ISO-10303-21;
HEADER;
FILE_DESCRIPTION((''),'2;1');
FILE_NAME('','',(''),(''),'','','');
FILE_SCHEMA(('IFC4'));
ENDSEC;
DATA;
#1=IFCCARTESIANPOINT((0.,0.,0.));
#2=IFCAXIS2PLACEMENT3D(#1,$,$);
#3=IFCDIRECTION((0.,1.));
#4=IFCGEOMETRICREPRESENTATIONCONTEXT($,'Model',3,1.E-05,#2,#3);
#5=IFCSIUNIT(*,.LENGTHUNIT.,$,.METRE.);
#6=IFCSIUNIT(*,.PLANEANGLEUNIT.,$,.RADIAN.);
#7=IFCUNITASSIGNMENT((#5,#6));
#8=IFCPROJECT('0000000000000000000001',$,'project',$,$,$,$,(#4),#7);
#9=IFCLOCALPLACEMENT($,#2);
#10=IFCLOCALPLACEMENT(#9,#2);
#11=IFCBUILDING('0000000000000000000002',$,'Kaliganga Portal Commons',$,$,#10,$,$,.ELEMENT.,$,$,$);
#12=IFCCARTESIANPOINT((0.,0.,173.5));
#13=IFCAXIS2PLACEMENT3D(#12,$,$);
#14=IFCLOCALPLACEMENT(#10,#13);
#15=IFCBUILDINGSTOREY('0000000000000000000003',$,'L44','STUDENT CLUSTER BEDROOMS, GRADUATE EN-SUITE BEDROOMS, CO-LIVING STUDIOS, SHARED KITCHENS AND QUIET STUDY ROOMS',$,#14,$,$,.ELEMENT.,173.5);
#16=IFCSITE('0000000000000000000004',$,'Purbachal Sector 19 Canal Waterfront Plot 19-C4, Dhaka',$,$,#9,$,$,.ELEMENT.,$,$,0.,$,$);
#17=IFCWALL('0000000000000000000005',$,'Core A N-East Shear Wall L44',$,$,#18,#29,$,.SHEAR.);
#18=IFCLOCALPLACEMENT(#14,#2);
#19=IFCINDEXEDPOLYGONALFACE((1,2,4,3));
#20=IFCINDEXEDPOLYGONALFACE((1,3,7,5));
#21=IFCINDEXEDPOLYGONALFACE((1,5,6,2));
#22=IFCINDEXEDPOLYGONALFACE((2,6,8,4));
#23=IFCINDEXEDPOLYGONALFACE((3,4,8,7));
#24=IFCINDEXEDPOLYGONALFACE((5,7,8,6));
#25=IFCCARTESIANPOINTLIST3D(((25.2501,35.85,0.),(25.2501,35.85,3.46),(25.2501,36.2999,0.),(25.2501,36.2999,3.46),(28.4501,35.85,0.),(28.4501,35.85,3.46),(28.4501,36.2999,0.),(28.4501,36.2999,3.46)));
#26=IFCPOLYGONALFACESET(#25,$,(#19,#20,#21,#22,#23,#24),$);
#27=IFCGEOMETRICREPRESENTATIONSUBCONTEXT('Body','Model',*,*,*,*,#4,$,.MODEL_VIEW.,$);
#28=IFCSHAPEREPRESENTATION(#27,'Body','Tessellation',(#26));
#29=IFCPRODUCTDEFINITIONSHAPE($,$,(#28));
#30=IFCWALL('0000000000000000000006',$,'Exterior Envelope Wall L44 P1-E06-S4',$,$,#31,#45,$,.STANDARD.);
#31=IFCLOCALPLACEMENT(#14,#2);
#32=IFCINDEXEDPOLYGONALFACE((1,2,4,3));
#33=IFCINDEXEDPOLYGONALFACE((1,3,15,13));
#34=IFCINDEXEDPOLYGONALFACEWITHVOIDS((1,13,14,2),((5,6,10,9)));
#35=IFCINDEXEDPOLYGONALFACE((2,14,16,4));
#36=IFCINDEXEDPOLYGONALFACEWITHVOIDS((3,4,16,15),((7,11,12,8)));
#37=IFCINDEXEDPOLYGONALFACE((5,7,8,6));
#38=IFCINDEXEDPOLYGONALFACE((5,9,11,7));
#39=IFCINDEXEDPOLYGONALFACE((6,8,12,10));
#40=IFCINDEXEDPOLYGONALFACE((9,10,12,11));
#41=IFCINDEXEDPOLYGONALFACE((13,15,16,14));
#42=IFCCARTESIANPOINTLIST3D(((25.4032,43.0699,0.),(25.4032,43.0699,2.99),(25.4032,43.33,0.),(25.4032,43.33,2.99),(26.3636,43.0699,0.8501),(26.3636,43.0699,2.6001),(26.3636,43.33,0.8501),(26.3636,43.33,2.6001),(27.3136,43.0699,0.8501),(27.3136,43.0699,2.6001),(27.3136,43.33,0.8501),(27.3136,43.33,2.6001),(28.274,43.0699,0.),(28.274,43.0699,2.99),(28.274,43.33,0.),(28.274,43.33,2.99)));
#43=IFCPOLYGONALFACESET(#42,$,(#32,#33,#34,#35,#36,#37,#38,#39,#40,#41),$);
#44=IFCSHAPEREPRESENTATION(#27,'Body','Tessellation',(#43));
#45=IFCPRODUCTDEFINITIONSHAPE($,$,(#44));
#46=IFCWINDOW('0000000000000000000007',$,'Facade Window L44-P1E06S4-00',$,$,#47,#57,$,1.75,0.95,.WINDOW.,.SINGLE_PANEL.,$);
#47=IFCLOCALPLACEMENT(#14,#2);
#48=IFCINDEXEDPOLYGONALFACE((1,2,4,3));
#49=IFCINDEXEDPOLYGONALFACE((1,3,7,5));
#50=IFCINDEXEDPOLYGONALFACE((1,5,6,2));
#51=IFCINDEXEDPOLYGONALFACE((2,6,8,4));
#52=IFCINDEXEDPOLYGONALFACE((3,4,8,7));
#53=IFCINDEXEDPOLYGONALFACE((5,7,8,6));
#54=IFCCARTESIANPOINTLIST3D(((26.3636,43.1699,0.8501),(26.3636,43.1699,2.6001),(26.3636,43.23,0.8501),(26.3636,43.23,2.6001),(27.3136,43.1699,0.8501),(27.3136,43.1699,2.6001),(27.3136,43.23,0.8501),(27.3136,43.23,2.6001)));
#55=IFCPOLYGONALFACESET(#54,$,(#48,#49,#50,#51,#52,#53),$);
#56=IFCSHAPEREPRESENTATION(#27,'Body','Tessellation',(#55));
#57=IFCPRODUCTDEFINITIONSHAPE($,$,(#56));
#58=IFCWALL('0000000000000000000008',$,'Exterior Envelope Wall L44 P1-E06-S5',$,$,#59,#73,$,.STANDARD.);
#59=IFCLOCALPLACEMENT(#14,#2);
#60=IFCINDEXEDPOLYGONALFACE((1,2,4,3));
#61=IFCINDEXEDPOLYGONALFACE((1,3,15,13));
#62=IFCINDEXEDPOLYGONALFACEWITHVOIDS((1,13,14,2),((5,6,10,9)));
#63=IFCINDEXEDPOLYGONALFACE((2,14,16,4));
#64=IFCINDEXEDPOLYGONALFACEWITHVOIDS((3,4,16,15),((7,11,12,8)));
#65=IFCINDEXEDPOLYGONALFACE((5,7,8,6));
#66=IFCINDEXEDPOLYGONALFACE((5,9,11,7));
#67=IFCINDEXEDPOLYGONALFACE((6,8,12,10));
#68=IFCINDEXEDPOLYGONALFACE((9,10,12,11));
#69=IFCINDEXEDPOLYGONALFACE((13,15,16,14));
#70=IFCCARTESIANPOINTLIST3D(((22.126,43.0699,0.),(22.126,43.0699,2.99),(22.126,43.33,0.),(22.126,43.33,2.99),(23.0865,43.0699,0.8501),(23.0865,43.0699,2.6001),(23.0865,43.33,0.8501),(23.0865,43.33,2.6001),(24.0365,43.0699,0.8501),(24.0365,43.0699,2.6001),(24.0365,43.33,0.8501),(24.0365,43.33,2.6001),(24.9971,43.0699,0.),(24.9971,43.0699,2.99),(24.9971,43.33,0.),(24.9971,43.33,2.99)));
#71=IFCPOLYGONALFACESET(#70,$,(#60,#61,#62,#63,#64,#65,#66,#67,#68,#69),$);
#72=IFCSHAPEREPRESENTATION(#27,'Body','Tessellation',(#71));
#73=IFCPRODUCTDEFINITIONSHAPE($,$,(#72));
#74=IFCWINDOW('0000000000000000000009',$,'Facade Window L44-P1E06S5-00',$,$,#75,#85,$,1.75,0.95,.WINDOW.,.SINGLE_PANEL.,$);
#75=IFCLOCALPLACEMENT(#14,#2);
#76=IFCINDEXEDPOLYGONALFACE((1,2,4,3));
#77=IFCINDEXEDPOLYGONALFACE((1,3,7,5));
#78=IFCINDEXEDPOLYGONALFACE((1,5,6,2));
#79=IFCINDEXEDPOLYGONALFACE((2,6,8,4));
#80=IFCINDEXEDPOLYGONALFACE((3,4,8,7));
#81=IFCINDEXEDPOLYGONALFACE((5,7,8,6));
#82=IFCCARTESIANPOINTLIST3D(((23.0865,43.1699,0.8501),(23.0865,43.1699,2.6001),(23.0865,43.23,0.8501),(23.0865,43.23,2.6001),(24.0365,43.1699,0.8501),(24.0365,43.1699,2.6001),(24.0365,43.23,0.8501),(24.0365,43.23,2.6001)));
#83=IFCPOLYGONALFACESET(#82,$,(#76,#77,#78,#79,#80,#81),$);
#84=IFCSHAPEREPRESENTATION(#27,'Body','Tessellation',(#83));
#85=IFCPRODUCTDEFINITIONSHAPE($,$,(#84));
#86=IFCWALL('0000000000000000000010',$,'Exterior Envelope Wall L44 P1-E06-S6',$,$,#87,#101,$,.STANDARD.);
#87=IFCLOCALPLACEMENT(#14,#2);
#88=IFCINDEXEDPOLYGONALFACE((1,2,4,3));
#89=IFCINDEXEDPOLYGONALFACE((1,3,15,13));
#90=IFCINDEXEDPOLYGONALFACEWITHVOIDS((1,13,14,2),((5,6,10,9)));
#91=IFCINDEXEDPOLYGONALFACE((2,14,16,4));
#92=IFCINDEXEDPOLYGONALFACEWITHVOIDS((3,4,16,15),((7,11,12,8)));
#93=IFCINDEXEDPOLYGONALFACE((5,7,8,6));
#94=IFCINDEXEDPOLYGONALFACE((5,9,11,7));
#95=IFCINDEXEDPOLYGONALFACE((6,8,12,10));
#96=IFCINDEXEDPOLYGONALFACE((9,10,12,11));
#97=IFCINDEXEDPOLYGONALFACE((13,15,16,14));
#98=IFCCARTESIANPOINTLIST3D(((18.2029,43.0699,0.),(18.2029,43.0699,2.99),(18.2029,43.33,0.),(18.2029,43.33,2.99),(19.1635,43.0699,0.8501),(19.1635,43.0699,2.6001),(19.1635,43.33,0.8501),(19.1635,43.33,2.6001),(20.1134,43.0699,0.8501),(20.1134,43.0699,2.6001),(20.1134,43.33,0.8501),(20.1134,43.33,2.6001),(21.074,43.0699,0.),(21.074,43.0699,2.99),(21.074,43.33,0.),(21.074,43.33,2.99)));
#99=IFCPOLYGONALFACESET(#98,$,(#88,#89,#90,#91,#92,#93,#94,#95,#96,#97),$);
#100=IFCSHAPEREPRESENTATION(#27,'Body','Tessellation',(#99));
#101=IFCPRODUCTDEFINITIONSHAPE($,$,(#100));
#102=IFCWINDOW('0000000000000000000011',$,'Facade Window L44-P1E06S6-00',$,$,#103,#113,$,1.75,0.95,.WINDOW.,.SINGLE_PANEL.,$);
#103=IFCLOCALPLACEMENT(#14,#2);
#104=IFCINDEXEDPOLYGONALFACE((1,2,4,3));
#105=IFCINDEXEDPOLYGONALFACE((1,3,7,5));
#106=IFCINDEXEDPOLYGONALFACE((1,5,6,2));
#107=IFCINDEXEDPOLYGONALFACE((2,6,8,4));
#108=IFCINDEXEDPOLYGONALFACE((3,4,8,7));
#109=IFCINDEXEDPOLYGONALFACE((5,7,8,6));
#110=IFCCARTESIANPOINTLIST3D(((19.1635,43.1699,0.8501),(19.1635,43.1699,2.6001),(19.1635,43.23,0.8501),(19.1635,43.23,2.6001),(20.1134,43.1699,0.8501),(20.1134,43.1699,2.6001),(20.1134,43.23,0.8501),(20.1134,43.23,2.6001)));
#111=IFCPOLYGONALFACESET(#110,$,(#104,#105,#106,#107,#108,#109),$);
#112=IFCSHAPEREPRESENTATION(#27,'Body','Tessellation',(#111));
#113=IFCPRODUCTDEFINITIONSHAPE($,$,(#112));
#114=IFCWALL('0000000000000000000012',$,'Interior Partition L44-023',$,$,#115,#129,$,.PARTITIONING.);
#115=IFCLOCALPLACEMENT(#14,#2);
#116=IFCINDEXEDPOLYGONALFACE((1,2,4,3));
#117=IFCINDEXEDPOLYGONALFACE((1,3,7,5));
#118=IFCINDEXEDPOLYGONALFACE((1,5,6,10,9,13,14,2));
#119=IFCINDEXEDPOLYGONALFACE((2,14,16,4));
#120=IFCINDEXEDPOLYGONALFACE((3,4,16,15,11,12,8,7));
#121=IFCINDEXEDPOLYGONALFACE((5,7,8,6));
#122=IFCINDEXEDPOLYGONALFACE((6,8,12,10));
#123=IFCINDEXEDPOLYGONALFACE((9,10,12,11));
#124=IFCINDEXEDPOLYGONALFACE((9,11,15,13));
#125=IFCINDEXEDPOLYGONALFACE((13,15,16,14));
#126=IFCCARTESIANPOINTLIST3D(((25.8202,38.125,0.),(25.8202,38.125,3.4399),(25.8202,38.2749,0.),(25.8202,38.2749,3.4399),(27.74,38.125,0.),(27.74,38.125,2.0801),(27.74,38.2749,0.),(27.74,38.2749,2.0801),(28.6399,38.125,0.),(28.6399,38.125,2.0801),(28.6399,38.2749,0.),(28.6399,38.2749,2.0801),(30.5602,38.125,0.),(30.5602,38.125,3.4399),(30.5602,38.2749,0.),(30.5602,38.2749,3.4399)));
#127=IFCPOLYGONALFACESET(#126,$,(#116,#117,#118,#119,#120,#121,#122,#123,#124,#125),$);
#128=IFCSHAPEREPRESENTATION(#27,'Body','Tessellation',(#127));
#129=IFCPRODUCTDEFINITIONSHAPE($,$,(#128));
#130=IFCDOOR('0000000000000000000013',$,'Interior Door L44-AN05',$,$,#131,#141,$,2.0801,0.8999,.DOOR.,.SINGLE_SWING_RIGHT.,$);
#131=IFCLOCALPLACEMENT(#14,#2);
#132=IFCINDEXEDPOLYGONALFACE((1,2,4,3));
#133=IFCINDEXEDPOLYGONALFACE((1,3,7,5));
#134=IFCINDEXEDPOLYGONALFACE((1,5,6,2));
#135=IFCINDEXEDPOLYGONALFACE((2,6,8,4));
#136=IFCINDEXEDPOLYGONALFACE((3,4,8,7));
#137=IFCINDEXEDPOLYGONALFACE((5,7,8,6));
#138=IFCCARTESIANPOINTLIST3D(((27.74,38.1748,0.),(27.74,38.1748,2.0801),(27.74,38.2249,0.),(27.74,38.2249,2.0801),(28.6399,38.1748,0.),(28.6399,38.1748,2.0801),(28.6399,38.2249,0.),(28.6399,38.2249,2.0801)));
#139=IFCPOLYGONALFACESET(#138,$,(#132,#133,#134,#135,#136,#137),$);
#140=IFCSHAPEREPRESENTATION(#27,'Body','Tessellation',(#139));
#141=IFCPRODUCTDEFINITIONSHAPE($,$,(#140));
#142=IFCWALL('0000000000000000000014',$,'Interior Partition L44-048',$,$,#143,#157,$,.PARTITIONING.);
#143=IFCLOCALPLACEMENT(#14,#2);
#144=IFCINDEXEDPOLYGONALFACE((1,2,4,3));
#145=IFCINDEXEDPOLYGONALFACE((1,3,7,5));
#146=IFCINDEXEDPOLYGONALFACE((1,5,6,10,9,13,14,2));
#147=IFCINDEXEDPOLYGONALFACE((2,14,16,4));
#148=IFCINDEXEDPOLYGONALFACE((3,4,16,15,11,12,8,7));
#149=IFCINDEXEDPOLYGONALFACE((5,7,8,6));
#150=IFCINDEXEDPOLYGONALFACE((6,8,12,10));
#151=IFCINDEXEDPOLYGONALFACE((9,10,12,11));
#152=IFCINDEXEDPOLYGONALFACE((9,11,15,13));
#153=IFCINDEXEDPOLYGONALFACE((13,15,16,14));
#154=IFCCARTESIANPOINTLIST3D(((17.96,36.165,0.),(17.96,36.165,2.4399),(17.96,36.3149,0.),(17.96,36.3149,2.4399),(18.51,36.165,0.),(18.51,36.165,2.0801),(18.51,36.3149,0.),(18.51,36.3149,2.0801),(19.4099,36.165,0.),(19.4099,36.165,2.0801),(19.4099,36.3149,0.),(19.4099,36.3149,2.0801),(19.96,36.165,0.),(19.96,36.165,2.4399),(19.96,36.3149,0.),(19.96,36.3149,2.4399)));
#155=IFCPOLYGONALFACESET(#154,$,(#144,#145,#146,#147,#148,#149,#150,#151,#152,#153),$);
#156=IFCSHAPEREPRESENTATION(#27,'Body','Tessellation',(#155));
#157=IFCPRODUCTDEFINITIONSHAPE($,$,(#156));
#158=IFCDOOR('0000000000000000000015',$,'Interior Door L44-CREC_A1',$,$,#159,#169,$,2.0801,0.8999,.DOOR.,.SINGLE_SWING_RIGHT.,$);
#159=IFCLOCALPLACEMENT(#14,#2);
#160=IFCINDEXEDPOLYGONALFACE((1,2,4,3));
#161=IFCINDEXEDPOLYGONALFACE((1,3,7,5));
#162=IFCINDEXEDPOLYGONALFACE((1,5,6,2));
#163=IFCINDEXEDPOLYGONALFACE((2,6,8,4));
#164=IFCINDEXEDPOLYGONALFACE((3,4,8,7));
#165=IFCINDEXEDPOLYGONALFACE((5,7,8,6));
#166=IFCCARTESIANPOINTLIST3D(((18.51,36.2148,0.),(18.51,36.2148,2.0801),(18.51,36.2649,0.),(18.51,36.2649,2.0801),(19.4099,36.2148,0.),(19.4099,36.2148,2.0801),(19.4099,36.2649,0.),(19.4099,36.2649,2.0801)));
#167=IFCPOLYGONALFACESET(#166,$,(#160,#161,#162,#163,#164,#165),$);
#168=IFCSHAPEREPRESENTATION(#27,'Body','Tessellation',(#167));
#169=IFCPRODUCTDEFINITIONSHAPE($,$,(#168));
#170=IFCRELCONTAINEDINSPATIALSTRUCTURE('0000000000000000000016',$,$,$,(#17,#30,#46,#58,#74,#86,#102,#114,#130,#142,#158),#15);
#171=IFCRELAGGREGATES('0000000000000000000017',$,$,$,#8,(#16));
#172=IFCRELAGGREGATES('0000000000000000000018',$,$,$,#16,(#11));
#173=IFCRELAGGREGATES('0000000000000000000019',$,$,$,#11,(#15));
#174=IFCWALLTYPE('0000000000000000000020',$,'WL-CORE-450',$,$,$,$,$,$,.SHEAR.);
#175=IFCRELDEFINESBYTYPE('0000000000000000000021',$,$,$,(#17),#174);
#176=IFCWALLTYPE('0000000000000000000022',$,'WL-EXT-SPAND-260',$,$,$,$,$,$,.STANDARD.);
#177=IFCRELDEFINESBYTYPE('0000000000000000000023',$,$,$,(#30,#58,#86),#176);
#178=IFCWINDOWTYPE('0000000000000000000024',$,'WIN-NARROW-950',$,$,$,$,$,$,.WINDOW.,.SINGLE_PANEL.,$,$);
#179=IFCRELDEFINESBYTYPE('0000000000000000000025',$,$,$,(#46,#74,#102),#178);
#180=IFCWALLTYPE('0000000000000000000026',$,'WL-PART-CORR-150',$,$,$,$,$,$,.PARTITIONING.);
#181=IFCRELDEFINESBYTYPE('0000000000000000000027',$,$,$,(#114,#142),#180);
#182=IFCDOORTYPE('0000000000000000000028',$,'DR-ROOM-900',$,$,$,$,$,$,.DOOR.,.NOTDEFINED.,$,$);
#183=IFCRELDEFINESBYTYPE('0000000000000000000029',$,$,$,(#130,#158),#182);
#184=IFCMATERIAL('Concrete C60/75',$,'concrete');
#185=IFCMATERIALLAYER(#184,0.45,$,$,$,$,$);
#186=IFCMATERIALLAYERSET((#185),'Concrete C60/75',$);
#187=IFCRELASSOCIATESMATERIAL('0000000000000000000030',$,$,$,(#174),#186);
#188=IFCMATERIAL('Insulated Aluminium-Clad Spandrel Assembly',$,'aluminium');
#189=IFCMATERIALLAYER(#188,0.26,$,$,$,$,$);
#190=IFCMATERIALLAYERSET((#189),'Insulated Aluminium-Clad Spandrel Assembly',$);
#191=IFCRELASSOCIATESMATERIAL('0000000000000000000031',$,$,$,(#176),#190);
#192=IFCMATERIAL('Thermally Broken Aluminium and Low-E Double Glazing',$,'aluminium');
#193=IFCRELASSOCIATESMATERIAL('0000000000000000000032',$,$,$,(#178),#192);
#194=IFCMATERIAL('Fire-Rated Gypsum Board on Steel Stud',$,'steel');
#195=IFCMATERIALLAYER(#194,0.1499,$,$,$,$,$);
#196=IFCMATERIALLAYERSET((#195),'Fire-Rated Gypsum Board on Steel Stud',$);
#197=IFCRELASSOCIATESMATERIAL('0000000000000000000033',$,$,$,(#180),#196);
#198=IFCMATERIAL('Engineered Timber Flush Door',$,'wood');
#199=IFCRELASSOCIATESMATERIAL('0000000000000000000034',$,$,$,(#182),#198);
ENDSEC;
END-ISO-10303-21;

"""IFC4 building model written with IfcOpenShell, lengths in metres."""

from ifc_helpers import new_model, si_unit, direction, frame, frame_2d, origin, place, context, subcontext, project, spatial, rectangle, extrude, material, layer, layer_set, type_object, element, fill, save


model = new_model("IFC4")

# Units and contexts
model_context = context("Model", 3, precision=1e-05, world=origin(), true_north=direction((0.0, 1.0)))
body_context = subcontext(model_context, "Body", "Model", "MODEL_VIEW")
ifc_project = project(units=[si_unit("LENGTHUNIT", "METRE"), si_unit("PLANEANGLEUNIT", "RADIAN")], contexts=[model_context])

# Site, building, storey
site_placement = place(None, origin())
site = spatial("IfcSite", under=ifc_project, at=site_placement, Name="Purbachal Sector 19 Canal Waterfront Plot 19-C4, Dhaka", CompositionType="ELEMENT", RefElevation=0.0)
building_placement = place(site_placement, origin())
building = spatial("IfcBuilding", under=site, at=building_placement, Name="Kaliganga Portal Commons", CompositionType="ELEMENT")
storey_placement = place(building_placement, frame((0.0, 0.0, 173.5)))
storey = spatial("IfcBuildingStorey", under=building, at=storey_placement, Name="L44", Description="STUDENT CLUSTER BEDROOMS, GRADUATE EN-SUITE BEDROOMS, CO-LIVING STUDIOS, SHARED KITCHENS AND QUIET STUDY ROOMS", CompositionType="ELEMENT", Elevation=173.5)

# Shared definitions
ifc_material_1 = material(Name="Concrete C60/75", Category="concrete")

# Wall
ifc_layer_1 = layer(ifc_material_1, 0.45)
ifc_layer_set_1 = layer_set([ifc_layer_1], Name="Concrete C60/75")
wall_type_1 = type_object("IfcWallType", Name="WL-CORE-450", PredefinedType="SHEAR", material=ifc_layer_set_1)
wall_1_placement = place(storey_placement, frame((25.25, 36.075, 0.0), z_axis=(0.0, 0.0, 1.0), x_axis=(1.0, 0.0, 0.0)))
element("IfcWall", 1, at=wall_1_placement, inside=storey, type_object=wall_type_1, Name="Core A N-East Shear Wall L44", PredefinedType="SHEAR", context=body_context, shape_type="SweptSolid", body=[
    extrude(rectangle(XDim=3.2, YDim=0.45, at=frame_2d((1.6001, 0.0))), origin(), (0.0, 0.0, 1.0), 3.46),
])

# Walls, openings, windows
ifc_material_2 = material(Name="Insulated Aluminium-Clad Spandrel Assembly", Category="aluminium")
ifc_layer_2 = layer(ifc_material_2, 0.26)
ifc_layer_set_2 = layer_set([ifc_layer_2], Name="Insulated Aluminium-Clad Spandrel Assembly")
wall_type_2 = type_object("IfcWallType", Name="WL-EXT-SPAND-260", PredefinedType="STANDARD", material=ifc_layer_set_2)
wall_2_placement = place(storey_placement, frame((25.4031, 43.2, 0.0), z_axis=(0.0, 0.0, 1.0), x_axis=(1.0, 0.0, 0.0)))
wall_2 = element("IfcWall", 2, at=wall_2_placement, inside=storey, type_object=wall_type_2, Name="Exterior Envelope Wall L44 P1-E06-S4", PredefinedType="STANDARD", context=body_context, shape_type="SweptSolid", body=[
    extrude(rectangle(XDim=2.8708, YDim=0.26, at=frame_2d((1.4355, 0.0))), origin(), (0.0, 0.0, 1.0), 2.99),
])
opening_1_placement = place(wall_2_placement, frame((0.9604, 0.0, 0.8501)))
opening_1 = element("IfcOpeningElement", 3, at=opening_1_placement, cuts=wall_2, PredefinedType="OPENING", context=body_context, shape_type="SweptSolid", body=[
    extrude(rectangle(XDim=0.95, YDim=1.75, at=frame_2d((0.4751, 0.875))), frame((0.0, 0.1401, 0.0), z_axis=(0.0, -1.0, 0.0), x_axis=(1.0, 0.0, 0.0)), (0.0, 0.0, 1.0), 0.28),
])
ifc_material_3 = material(Name="Thermally Broken Aluminium and Low-E Double Glazing", Category="aluminium")
window_type = type_object("IfcWindowType", Name="WIN-NARROW-950", PartitioningType="SINGLE_PANEL", PredefinedType="WINDOW", material=ifc_material_3)
window_1_placement = place(opening_1_placement, origin())
window_1 = element("IfcWindow", 4, at=window_1_placement, inside=storey, type_object=window_type, Name="Facade Window L44-P1E06S4-00", OverallHeight=1.75, OverallWidth=0.95, PartitioningType="SINGLE_PANEL", PredefinedType="WINDOW", context=body_context, shape_type="SweptSolid", body=[
    extrude(rectangle(XDim=0.95, YDim=1.75, at=frame_2d((0.4751, 0.875))), frame((0.0, 0.03, 0.0), z_axis=(0.0, -1.0, 0.0), x_axis=(1.0, 0.0, 0.0)), (0.0, 0.0, 1.0), 0.0601),
])
fill(opening_1, window_1)
wall_3_placement = place(storey_placement, frame((22.126, 43.2, 0.0), z_axis=(0.0, 0.0, 1.0), x_axis=(1.0, 0.0, 0.0)))
wall_3 = element("IfcWall", 5, at=wall_3_placement, inside=storey, type_object=wall_type_2, Name="Exterior Envelope Wall L44 P1-E06-S5", PredefinedType="STANDARD", context=body_context, shape_type="SweptSolid", body=[
    extrude(rectangle(XDim=2.8711, YDim=0.26, at=frame_2d((1.4355, 0.0))), origin(), (0.0, 0.0, 1.0), 2.99),
])
opening_2_placement = place(wall_3_placement, frame((0.9604, 0.0, 0.8501)))
opening_2 = element("IfcOpeningElement", 6, at=opening_2_placement, cuts=wall_3, PredefinedType="OPENING", context=body_context, shape_type="SweptSolid", body=[
    extrude(rectangle(XDim=0.95, YDim=1.75, at=frame_2d((0.4751, 0.875))), frame((0.0, 0.1401, 0.0), z_axis=(0.0, -1.0, 0.0), x_axis=(1.0, 0.0, 0.0)), (0.0, 0.0, 1.0), 0.28),
])
window_2_placement = place(opening_2_placement, origin())
window_2 = element("IfcWindow", 7, at=window_2_placement, inside=storey, type_object=window_type, Name="Facade Window L44-P1E06S5-00", OverallHeight=1.75, OverallWidth=0.95, PartitioningType="SINGLE_PANEL", PredefinedType="WINDOW", context=body_context, shape_type="SweptSolid", body=[
    extrude(rectangle(XDim=0.95, YDim=1.75, at=frame_2d((0.4751, 0.875))), frame((0.0, 0.03, 0.0), z_axis=(0.0, -1.0, 0.0), x_axis=(1.0, 0.0, 0.0)), (0.0, 0.0, 1.0), 0.0601),
])
fill(opening_2, window_2)
wall_4_placement = place(storey_placement, frame((18.2029, 43.2, 0.0), z_axis=(0.0, 0.0, 1.0), x_axis=(1.0, 0.0, 0.0)))
wall_4 = element("IfcWall", 8, at=wall_4_placement, inside=storey, type_object=wall_type_2, Name="Exterior Envelope Wall L44 P1-E06-S6", PredefinedType="STANDARD", context=body_context, shape_type="SweptSolid", body=[
    extrude(rectangle(XDim=2.8711, YDim=0.26, at=frame_2d((1.4355, 0.0))), origin(), (0.0, 0.0, 1.0), 2.99),
])
opening_3_placement = place(wall_4_placement, frame((0.9604, 0.0, 0.8501)))
opening_3 = element("IfcOpeningElement", 9, at=opening_3_placement, cuts=wall_4, PredefinedType="OPENING", context=body_context, shape_type="SweptSolid", body=[
    extrude(rectangle(XDim=0.95, YDim=1.75, at=frame_2d((0.4751, 0.875))), frame((0.0, 0.1401, 0.0), z_axis=(0.0, -1.0, 0.0), x_axis=(1.0, 0.0, 0.0)), (0.0, 0.0, 1.0), 0.28),
])
window_3_placement = place(opening_3_placement, origin())
window_3 = element("IfcWindow", 10, at=window_3_placement, inside=storey, type_object=window_type, Name="Facade Window L44-P1E06S6-00", OverallHeight=1.75, OverallWidth=0.95, PartitioningType="SINGLE_PANEL", PredefinedType="WINDOW", context=body_context, shape_type="SweptSolid", body=[
    extrude(rectangle(XDim=0.95, YDim=1.75, at=frame_2d((0.4751, 0.875))), frame((0.0, 0.03, 0.0), z_axis=(0.0, -1.0, 0.0), x_axis=(1.0, 0.0, 0.0)), (0.0, 0.0, 1.0), 0.0601),
])
fill(opening_3, window_3)

# Walls, openings, doors
ifc_material_4 = material(Name="Fire-Rated Gypsum Board on Steel Stud", Category="steel")
ifc_layer_3 = layer(ifc_material_4, 0.1499)
ifc_layer_set_3 = layer_set([ifc_layer_3], Name="Fire-Rated Gypsum Board on Steel Stud")
wall_type_3 = type_object("IfcWallType", Name="WL-PART-CORR-150", PredefinedType="PARTITIONING", material=ifc_layer_set_3)
wall_5_placement = place(storey_placement, frame((25.8201, 38.2, 0.0), z_axis=(0.0, 0.0, 1.0), x_axis=(1.0, 0.0, 0.0)))
wall_5 = element("IfcWall", 11, at=wall_5_placement, inside=storey, type_object=wall_type_3, Name="Interior Partition L44-023", PredefinedType="PARTITIONING", context=body_context, shape_type="SweptSolid", body=[
    extrude(rectangle(XDim=4.74, YDim=0.1499, at=frame_2d((2.3701, 0.0))), origin(), (0.0, 0.0, 1.0), 3.4399),
])
opening_4_placement = place(wall_5_placement, frame((1.9199, 0.0, 0.0)))
opening_4 = element("IfcOpeningElement", 12, at=opening_4_placement, cuts=wall_5, PredefinedType="OPENING", context=body_context, shape_type="SweptSolid", body=[
    extrude(rectangle(XDim=0.8999, YDim=2.0801, at=frame_2d((0.45, 1.04))), frame((0.0, 0.085, 0.0), z_axis=(0.0, -1.0, 0.0), x_axis=(1.0, 0.0, 0.0)), (0.0, 0.0, 1.0), 0.1699),
])
ifc_material_5 = material(Name="Engineered Timber Flush Door", Category="wood")
door_type_1 = type_object("IfcDoorType", Name="DR-ROOM-900", OperationType="NOTDEFINED", PredefinedType="DOOR", material=ifc_material_5)
door_1_placement = place(opening_4_placement, origin())
door_1 = element("IfcDoor", 13, at=door_1_placement, inside=storey, type_object=door_type_1, Name="Interior Door L44-AN05", OperationType="SINGLE_SWING_RIGHT", OverallHeight=2.0801, OverallWidth=0.8999, PredefinedType="DOOR", context=body_context, shape_type="SweptSolid", body=[
    extrude(rectangle(XDim=0.8999, YDim=2.0801, at=frame_2d((0.45, 1.04))), frame((0.0, 0.0249, 0.0), z_axis=(0.0, -1.0, 0.0), x_axis=(1.0, 0.0, 0.0)), (0.0, 0.0, 1.0), 0.05),
])
fill(opening_4, door_1)
wall_6_placement = place(storey_placement, frame((17.96, 36.24, 0.0), z_axis=(0.0, 0.0, 1.0), x_axis=(1.0, 0.0, 0.0)))
wall_6 = element("IfcWall", 14, at=wall_6_placement, inside=storey, type_object=wall_type_3, Name="Interior Partition L44-048", PredefinedType="PARTITIONING", context=body_context, shape_type="SweptSolid", body=[
    extrude(rectangle(XDim=2.0, YDim=0.1499, at=frame_2d((1.0, 0.0))), origin(), (0.0, 0.0, 1.0), 2.4399),
])
opening_5_placement = place(wall_6_placement, frame((0.55, 0.0, 0.0)))
opening_5 = element("IfcOpeningElement", 15, at=opening_5_placement, cuts=wall_6, PredefinedType="OPENING", context=body_context, shape_type="SweptSolid", body=[
    extrude(rectangle(XDim=0.8999, YDim=2.0801, at=frame_2d((0.45, 1.04))), frame((0.0, 0.085, 0.0), z_axis=(0.0, -1.0, 0.0), x_axis=(1.0, 0.0, 0.0)), (0.0, 0.0, 1.0), 0.1699),
])
door_2_placement = place(opening_5_placement, origin())
door_2 = element("IfcDoor", 16, at=door_2_placement, inside=storey, type_object=door_type_1, Name="Interior Door L44-CREC_A1", OperationType="SINGLE_SWING_RIGHT", OverallHeight=2.0801, OverallWidth=0.8999, PredefinedType="DOOR", context=body_context, shape_type="SweptSolid", body=[
    extrude(rectangle(XDim=0.8999, YDim=2.0801, at=frame_2d((0.45, 1.04))), frame((0.0, 0.0249, 0.0), z_axis=(0.0, -1.0, 0.0), x_axis=(1.0, 0.0, 0.0)), (0.0, 0.0, 1.0), 0.05),
])
fill(opening_5, door_2)

save(model, "model.ifc")
